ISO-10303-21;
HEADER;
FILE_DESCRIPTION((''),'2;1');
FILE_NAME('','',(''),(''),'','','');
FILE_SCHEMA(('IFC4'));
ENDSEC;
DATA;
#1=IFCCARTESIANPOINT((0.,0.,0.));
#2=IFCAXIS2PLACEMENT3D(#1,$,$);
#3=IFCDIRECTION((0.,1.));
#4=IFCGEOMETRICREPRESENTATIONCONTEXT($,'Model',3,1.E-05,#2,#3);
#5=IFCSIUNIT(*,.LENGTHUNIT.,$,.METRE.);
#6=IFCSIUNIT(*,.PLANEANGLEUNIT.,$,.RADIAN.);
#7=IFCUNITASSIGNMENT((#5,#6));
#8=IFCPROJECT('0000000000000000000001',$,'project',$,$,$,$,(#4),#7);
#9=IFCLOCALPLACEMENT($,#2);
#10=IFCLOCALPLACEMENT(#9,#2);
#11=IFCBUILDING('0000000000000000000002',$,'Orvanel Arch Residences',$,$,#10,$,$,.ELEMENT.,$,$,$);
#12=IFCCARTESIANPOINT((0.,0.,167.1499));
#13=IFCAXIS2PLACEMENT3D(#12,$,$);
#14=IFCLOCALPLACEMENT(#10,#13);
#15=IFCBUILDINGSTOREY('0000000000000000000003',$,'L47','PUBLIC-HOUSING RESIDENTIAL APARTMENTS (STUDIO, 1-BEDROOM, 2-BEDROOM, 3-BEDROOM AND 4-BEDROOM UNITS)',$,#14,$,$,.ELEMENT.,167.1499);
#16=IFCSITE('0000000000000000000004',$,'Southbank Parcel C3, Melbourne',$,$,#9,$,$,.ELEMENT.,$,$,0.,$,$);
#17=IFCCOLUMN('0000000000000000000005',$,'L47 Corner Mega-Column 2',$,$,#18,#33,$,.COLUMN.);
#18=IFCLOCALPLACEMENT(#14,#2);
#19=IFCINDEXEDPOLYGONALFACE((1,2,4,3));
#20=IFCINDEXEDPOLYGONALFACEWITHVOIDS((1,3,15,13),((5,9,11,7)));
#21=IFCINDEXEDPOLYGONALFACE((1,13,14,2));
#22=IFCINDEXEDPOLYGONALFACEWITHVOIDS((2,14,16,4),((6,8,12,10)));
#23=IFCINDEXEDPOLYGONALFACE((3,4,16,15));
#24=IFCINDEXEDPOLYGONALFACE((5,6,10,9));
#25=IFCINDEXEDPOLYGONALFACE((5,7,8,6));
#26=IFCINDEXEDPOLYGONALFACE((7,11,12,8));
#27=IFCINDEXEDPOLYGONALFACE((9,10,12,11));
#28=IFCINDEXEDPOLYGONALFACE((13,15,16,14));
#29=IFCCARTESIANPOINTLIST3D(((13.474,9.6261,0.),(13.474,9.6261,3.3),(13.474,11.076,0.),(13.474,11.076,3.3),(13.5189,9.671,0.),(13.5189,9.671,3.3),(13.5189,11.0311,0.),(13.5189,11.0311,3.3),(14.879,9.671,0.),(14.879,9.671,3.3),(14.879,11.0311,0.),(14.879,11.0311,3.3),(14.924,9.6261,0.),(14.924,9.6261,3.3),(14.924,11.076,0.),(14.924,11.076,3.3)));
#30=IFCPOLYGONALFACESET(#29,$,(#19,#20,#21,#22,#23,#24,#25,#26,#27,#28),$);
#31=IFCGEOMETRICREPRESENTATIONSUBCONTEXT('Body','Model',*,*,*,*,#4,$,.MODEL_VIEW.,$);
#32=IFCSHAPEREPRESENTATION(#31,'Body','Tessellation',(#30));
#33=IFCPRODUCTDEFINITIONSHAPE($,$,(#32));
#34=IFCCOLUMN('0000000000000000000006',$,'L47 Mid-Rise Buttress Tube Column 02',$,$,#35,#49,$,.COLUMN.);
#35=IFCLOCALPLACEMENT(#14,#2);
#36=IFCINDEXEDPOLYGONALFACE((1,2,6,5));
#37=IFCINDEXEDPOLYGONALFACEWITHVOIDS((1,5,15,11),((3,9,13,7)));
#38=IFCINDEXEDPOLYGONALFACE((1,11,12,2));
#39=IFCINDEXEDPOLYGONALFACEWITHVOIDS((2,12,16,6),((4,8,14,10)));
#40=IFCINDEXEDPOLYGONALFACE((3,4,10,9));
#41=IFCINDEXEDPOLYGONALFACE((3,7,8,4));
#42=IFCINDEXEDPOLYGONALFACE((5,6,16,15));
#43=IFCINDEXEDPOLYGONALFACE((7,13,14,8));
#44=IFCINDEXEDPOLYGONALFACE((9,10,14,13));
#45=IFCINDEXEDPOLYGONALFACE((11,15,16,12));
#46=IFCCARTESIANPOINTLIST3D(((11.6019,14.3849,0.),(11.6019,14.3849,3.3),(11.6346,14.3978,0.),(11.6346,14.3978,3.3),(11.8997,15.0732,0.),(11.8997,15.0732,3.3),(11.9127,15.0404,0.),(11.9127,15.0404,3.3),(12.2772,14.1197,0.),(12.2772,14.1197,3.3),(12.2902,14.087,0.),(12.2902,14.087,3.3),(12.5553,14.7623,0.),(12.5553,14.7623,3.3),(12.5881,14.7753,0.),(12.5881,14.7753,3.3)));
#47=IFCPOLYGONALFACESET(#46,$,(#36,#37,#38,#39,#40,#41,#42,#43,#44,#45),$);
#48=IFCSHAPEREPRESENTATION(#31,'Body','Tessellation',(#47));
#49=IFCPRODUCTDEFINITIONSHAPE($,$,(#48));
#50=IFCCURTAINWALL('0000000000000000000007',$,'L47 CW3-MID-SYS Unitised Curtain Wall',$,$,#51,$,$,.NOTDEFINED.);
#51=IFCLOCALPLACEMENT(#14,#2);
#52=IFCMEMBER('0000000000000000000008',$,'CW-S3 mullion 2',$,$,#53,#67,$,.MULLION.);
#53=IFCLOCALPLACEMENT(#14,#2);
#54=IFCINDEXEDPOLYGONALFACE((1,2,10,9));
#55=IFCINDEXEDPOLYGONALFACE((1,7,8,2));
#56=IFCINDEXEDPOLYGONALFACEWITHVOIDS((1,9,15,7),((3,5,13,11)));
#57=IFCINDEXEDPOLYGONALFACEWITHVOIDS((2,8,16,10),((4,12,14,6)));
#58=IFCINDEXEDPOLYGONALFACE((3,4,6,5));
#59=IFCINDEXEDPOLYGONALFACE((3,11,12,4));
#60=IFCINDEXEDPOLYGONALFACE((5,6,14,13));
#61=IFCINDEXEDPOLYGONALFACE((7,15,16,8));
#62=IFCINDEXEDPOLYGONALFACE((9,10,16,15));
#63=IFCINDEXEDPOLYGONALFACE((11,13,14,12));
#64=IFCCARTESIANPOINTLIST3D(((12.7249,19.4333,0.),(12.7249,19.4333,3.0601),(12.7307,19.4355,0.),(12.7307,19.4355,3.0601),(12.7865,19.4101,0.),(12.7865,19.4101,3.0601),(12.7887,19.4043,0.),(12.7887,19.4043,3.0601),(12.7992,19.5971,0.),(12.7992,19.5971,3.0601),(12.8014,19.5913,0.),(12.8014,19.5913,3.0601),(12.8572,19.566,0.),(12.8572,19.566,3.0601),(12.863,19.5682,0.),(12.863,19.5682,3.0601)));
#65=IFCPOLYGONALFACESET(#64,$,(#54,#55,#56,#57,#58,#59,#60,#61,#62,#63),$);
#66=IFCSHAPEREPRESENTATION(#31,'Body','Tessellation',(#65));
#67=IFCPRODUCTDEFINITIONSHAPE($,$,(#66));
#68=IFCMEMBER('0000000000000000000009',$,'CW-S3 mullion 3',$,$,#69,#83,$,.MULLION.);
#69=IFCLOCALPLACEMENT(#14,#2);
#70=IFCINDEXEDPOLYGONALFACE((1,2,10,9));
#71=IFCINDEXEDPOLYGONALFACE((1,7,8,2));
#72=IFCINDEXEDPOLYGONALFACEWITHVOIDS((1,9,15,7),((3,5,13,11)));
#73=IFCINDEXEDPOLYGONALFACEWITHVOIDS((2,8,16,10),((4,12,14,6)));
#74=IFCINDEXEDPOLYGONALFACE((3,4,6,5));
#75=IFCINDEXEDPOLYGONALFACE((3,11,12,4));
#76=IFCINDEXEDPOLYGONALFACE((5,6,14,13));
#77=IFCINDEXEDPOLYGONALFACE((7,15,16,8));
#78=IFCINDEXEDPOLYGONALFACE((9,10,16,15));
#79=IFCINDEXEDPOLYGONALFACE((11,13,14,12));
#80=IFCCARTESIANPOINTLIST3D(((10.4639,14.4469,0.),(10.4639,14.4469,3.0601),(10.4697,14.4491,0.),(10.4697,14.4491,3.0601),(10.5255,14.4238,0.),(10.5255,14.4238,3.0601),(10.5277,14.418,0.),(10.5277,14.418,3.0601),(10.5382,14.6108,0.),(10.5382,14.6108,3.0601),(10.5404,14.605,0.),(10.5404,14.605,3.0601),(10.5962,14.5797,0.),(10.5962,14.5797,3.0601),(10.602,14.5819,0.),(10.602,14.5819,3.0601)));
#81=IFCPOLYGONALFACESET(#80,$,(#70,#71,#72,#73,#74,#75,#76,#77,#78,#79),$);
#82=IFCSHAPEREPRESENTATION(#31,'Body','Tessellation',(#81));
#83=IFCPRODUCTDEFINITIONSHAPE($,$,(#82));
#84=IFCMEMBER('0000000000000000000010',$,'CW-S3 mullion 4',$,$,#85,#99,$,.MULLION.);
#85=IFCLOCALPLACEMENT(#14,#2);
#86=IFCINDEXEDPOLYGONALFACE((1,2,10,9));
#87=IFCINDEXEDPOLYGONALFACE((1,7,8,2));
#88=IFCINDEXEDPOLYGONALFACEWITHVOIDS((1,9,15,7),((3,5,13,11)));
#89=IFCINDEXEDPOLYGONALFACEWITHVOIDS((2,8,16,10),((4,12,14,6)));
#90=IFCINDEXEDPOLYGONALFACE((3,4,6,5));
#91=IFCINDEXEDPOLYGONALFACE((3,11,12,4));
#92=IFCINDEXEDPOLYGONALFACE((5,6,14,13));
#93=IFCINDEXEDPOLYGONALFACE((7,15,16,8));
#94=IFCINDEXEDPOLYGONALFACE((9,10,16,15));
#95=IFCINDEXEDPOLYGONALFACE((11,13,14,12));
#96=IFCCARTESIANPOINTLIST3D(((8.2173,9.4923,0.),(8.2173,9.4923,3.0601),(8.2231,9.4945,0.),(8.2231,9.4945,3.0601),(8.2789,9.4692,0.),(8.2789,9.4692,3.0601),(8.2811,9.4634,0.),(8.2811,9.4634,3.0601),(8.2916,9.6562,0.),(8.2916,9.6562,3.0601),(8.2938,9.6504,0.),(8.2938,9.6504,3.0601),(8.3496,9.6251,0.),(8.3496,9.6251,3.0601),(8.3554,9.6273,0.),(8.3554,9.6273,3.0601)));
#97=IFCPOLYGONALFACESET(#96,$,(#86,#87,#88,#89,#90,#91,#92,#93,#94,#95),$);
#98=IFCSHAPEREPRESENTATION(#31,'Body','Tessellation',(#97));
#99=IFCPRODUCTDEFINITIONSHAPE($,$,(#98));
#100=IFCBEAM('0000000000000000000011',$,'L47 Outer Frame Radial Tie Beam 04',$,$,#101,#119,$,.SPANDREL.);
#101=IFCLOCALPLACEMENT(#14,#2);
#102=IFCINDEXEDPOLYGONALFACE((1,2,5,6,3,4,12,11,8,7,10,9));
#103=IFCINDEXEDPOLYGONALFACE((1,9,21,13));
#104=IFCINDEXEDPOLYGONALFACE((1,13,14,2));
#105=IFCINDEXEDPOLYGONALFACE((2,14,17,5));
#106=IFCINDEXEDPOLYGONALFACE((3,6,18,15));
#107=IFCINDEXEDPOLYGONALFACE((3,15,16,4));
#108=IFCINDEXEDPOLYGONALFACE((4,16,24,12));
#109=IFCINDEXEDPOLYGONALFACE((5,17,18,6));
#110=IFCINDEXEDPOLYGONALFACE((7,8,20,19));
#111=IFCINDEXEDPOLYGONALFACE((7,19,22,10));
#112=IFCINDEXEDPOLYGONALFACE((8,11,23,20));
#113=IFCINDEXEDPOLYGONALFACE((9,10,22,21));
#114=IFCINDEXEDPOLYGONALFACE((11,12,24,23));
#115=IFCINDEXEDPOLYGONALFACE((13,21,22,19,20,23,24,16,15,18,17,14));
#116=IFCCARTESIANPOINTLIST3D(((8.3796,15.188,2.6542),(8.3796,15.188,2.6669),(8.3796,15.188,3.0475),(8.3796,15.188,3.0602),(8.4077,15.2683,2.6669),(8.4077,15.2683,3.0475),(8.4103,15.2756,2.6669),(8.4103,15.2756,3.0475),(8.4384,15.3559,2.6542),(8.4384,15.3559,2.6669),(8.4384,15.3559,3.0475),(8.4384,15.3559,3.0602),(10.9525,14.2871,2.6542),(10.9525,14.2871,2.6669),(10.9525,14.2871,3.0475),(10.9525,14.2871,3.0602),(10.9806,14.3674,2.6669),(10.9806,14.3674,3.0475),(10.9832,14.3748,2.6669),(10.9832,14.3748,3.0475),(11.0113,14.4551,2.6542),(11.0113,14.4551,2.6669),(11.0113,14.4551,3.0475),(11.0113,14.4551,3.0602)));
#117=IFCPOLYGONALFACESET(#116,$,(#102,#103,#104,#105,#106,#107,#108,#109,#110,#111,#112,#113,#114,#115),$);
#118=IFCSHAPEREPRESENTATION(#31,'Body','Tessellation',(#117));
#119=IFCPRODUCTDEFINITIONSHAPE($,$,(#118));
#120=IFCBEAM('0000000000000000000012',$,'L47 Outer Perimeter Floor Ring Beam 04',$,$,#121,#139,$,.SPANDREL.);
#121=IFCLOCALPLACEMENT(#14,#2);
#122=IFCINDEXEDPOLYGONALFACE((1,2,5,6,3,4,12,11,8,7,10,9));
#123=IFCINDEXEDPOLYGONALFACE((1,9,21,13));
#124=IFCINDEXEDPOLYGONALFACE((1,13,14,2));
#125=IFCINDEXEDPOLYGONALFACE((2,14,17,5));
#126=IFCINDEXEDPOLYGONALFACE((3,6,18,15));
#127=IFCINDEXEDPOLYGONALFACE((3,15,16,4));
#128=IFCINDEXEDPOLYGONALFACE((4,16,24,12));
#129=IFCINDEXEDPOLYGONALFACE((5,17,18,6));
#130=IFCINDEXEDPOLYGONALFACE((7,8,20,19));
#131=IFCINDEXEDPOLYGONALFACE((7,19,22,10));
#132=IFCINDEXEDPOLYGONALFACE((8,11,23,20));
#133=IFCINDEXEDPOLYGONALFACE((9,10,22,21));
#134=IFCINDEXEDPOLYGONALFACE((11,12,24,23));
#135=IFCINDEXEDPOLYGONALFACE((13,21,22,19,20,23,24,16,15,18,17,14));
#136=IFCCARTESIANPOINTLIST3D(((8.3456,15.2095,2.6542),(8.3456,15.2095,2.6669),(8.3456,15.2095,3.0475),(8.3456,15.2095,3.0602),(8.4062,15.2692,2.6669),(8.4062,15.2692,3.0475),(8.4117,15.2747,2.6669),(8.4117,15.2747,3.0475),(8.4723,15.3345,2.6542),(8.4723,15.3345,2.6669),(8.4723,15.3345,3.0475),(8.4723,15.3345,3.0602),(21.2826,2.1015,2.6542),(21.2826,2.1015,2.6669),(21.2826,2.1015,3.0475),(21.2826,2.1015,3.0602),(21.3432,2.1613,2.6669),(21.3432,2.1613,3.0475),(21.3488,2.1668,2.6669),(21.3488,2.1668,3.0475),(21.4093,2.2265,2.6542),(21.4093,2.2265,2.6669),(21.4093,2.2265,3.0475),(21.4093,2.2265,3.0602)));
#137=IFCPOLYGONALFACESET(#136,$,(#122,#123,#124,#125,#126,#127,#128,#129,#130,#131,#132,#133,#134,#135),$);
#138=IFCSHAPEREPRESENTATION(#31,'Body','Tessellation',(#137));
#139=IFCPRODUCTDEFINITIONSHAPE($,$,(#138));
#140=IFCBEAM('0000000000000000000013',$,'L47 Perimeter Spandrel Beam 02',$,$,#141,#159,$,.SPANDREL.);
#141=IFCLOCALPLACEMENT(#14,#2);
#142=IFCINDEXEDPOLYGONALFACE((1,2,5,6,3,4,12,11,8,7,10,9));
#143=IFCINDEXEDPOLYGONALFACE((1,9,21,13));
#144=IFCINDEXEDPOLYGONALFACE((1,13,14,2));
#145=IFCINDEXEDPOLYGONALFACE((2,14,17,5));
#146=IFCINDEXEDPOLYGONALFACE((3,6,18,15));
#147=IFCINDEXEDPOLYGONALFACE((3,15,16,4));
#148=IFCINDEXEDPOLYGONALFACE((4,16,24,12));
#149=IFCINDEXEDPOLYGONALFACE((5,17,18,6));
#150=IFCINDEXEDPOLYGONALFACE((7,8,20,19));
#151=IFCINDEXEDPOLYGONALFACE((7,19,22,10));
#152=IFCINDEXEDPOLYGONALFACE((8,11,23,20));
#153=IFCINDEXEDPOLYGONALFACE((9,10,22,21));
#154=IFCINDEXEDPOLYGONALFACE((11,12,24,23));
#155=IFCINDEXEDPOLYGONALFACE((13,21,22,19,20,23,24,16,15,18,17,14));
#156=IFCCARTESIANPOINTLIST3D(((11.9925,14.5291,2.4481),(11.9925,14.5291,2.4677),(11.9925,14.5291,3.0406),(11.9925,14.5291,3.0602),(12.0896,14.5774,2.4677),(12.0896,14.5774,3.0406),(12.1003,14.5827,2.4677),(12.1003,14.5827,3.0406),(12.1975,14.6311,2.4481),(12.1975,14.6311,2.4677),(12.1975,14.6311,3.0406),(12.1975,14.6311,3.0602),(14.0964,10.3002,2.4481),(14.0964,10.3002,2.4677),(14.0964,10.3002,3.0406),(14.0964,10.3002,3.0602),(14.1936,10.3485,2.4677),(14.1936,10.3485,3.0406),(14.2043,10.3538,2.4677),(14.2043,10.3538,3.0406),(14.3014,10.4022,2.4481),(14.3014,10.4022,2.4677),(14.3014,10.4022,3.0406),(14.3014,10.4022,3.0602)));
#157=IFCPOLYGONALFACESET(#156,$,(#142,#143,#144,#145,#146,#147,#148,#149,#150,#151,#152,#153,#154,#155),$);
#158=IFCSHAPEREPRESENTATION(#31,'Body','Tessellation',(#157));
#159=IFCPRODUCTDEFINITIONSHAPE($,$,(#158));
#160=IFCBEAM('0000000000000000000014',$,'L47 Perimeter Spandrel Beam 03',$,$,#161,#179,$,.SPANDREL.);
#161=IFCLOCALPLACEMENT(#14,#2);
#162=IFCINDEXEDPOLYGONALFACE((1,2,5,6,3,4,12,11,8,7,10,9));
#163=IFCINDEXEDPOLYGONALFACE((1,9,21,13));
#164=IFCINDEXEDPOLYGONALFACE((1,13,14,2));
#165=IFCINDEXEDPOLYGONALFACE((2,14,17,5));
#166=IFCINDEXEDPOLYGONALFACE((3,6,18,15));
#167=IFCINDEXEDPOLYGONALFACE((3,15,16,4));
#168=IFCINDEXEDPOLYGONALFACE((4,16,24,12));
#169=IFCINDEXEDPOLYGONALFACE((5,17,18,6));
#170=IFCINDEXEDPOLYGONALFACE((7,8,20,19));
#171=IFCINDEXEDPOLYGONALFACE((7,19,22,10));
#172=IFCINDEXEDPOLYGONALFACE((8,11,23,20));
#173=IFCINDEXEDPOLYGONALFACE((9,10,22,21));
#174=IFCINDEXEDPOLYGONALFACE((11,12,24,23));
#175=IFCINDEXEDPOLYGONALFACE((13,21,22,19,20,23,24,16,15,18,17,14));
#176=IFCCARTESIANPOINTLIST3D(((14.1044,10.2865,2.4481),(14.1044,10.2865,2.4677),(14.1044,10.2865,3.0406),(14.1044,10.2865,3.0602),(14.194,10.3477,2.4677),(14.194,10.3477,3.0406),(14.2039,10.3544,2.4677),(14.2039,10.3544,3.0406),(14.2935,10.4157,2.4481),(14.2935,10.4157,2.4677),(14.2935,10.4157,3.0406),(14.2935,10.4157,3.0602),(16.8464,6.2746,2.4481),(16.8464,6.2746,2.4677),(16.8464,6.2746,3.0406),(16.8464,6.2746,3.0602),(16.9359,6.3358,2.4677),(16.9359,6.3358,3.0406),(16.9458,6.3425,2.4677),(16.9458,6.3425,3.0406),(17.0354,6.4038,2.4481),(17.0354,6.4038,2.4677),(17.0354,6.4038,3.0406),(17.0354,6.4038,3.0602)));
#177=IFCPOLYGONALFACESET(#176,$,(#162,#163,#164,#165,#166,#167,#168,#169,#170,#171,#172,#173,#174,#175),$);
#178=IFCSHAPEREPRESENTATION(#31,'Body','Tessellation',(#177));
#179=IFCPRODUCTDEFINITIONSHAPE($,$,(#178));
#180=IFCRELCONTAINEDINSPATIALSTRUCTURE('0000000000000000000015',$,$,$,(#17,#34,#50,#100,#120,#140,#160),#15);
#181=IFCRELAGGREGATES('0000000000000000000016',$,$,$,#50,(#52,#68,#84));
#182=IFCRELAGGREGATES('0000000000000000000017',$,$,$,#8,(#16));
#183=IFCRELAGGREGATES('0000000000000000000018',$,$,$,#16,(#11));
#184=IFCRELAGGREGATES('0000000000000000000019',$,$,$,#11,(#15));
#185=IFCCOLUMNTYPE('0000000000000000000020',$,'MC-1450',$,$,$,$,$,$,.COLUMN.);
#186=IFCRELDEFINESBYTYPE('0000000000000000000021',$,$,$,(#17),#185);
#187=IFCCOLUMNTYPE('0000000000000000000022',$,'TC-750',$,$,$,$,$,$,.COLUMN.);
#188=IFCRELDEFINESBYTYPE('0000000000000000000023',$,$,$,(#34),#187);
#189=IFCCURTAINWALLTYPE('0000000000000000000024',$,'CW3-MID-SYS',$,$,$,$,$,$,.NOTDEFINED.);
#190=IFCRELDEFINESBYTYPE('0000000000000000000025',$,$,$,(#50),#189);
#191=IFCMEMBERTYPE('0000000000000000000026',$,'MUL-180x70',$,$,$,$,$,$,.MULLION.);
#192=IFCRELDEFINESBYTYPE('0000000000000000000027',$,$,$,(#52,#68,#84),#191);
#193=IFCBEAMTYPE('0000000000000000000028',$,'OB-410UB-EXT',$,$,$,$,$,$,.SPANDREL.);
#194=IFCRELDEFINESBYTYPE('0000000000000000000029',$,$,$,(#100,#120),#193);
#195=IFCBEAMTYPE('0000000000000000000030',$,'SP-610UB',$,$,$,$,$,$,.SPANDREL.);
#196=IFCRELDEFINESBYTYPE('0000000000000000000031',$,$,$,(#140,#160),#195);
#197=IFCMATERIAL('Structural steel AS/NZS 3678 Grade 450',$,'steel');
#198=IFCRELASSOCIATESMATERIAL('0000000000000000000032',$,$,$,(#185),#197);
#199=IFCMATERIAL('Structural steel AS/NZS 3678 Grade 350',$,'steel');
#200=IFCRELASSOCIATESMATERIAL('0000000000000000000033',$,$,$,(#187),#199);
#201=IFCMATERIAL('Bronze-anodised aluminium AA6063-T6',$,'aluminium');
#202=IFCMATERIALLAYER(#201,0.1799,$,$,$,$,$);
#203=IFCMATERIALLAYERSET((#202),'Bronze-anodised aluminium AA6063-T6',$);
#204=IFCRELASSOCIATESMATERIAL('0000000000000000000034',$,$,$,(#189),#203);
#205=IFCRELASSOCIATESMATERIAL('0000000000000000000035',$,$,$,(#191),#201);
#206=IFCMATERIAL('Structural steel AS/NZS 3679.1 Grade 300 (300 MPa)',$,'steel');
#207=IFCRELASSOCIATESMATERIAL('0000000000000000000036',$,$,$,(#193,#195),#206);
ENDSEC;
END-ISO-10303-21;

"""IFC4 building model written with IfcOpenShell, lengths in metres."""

from ifc_helpers import new_model, si_unit, direction, frame, origin, origin_2d, place, context, subcontext, project, spatial, hollow_rectangle, i_section, extrude, material, layer, layer_set, material_profile, profile_set, type_object, element, aggregate, save


model = new_model("IFC4")

# Units and contexts
model_context = context("Model", 3, precision=1e-05, world=origin(), true_north=direction((0.0, 1.0)))
body_context = subcontext(model_context, "Body", "Model", "MODEL_VIEW")
ifc_project = project(units=[si_unit("LENGTHUNIT", "METRE"), si_unit("PLANEANGLEUNIT", "RADIAN")], contexts=[model_context])

# Site, building, storey
site_placement = place(None, origin())
site = spatial("IfcSite", under=ifc_project, at=site_placement, Name="Southbank Parcel C3, Melbourne", CompositionType="ELEMENT", RefElevation=0.0)
building_placement = place(site_placement, origin())
building = spatial("IfcBuilding", under=site, at=building_placement, Name="Orvanel Arch Residences", CompositionType="ELEMENT")
storey_placement = place(building_placement, frame((0.0, 0.0, 167.1499)))
storey = spatial("IfcBuildingStorey", under=building, at=storey_placement, Name="L47", Description="PUBLIC-HOUSING RESIDENTIAL APARTMENTS (STUDIO, 1-BEDROOM, 2-BEDROOM, 3-BEDROOM AND 4-BEDROOM UNITS)", CompositionType="ELEMENT", Elevation=167.1499)

# Columns
ifc_material_1 = material(Name="Structural steel AS/NZS 3678 Grade 450", Category="steel")
ifc_material_profile_1 = material_profile(ifc_material_1, hollow_rectangle(XDim=1.45, YDim=1.45, WallThickness=0.0449, at=origin_2d()), Name="BOX1450x1450x45")
ifc_profile_set_1 = profile_set([ifc_material_profile_1], Name="Structural steel AS/NZS 3678 Grade 450")
column_type_1 = type_object("IfcColumnType", Name="MC-1450", PredefinedType="COLUMN", material=ifc_profile_set_1)
column_1_placement = place(storey_placement, frame((14.199, 10.3511, 0.0), z_axis=(0.0, 0.0, 1.0), x_axis=(1.0, 0.0, 0.0)))
element("IfcColumn", 1, at=column_1_placement, inside=storey, type_object=column_type_1, Name="L47 Corner Mega-Column 2", PredefinedType="COLUMN", context=body_context, shape_type="SweptSolid", body=[
    extrude(hollow_rectangle(XDim=1.45, YDim=1.45, WallThickness=0.0449, at=origin_2d()), origin(), (0.0, 0.0, 1.0), 3.3),
])
ifc_material_2 = material(Name="Structural steel AS/NZS 3678 Grade 350", Category="steel")
ifc_material_profile_2 = material_profile(ifc_material_2, hollow_rectangle(XDim=0.75, YDim=0.75, WallThickness=0.0249, at=origin_2d()), Name="BOX750x750x25")
ifc_profile_set_2 = profile_set([ifc_material_profile_2], Name="Structural steel AS/NZS 3678 Grade 350")
column_type_2 = type_object("IfcColumnType", Name="TC-750", PredefinedType="COLUMN", material=ifc_profile_set_2)
column_2_placement = place(storey_placement, frame((12.095, 14.5801, 0.0), z_axis=(0.0, 0.0, 1.0), x_axis=(0.397148, 0.917755, 0.0)))
element("IfcColumn", 2, at=column_2_placement, inside=storey, type_object=column_type_2, Name="L47 Mid-Rise Buttress Tube Column 02", PredefinedType="COLUMN", context=body_context, shape_type="SweptSolid", body=[
    extrude(hollow_rectangle(XDim=0.75, YDim=0.75, WallThickness=0.0249, at=origin_2d()), origin(), (0.0, 0.0, 1.0), 3.3),
])

# Curtain wall, members
ifc_material_3 = material(Name="Bronze-anodised aluminium AA6063-T6", Category="aluminium")
ifc_layer_1 = layer(ifc_material_3, 0.1799)
ifc_layer_set_1 = layer_set([ifc_layer_1], Name="Bronze-anodised aluminium AA6063-T6")
curtain_wall_type = type_object("IfcCurtainWallType", Name="CW3-MID-SYS", PredefinedType="NOTDEFINED", material=ifc_layer_set_1)
curtain_wall_placement = place(storey_placement, origin())
curtain_wall = element("IfcCurtainWall", 3, at=curtain_wall_placement, inside=storey, type_object=curtain_wall_type, Name="L47 CW3-MID-SYS Unitised Curtain Wall", PredefinedType="NOTDEFINED")
ifc_material_profile_3 = material_profile(ifc_material_3, hollow_rectangle(XDim=0.0701, YDim=0.1799, WallThickness=0.0044, at=origin_2d()), Name="ALU180x70x4.5")
ifc_profile_set_3 = profile_set([ifc_material_profile_3], Name="Bronze-anodised aluminium AA6063-T6")
member_type_1 = type_object("IfcMemberType", Name="MUL-180x70", PredefinedType="MULLION", material=ifc_profile_set_3)
member_1_placement = place(storey_placement, frame((12.7939, 19.5007, 0.0), z_axis=(0.0, 0.0, 1.0), x_axis=(0.910746, -0.412968, 0.0)))
member_1 = element("IfcMember", 4, at=member_1_placement, type_object=member_type_1, Name="CW-S3 mullion 2", PredefinedType="MULLION", context=body_context, shape_type="SweptSolid", body=[
    extrude(hollow_rectangle(XDim=0.0701, YDim=0.1799, WallThickness=0.0044, at=origin_2d()), origin(), (0.0, 0.0, 1.0), 3.0601),
])
member_2_placement = place(storey_placement, frame((10.533, 14.5144, 0.0), z_axis=(0.0, 0.0, 1.0), x_axis=(0.910746, -0.412968, 0.0)))
member_2 = element("IfcMember", 5, at=member_2_placement, type_object=member_type_1, Name="CW-S3 mullion 3", PredefinedType="MULLION", context=body_context, shape_type="SweptSolid", body=[
    extrude(hollow_rectangle(XDim=0.0701, YDim=0.1799, WallThickness=0.0044, at=origin_2d()), origin(), (0.0, 0.0, 1.0), 3.0601),
])
member_3_placement = place(storey_placement, frame((8.2864, 9.5598, 0.0), z_axis=(0.0, 0.0, 1.0), x_axis=(0.910746, -0.412968, 0.0)))
member_3 = element("IfcMember", 6, at=member_3_placement, type_object=member_type_1, Name="CW-S3 mullion 4", PredefinedType="MULLION", context=body_context, shape_type="SweptSolid", body=[
    extrude(hollow_rectangle(XDim=0.0701, YDim=0.1799, WallThickness=0.0044, at=origin_2d()), origin(), (0.0, 0.0, 1.0), 3.0601),
])

# Beams
ifc_material_4 = material(Name="Structural steel AS/NZS 3679.1 Grade 300 (300 MPa)", Category="steel")
ifc_material_profile_4 = material_profile(ifc_material_4, i_section(OverallWidth=0.178, OverallDepth=0.406, WebThickness=0.0078, FlangeThickness=0.0127, at=origin_2d()), Name="410UB59.7")
ifc_profile_set_4 = profile_set([ifc_material_profile_4], Name="Structural steel AS/NZS 3679.1 Grade 300 (300 MPa)")
beam_type_1 = type_object("IfcBeamType", Name="OB-410UB-EXT", PredefinedType="SPANDREL", material=ifc_profile_set_4)
beam_1_placement = place(storey_placement, frame((10.9819, 14.3711, 2.8572), z_axis=(-0.943821, 0.330458, 0.0), x_axis=(-0.330458, -0.943821, 0.0)))
element("IfcBeam", 7, at=beam_1_placement, inside=storey, type_object=beam_type_1, Name="L47 Outer Frame Radial Tie Beam 04", PredefinedType="SPANDREL", context=body_context, shape_type="SweptSolid", body=[
    extrude(i_section(OverallWidth=0.178, OverallDepth=0.406, WebThickness=0.0078, FlangeThickness=0.0127, at=origin_2d()), origin(), (0.0, 0.0, 1.0), 2.7261),
])
beam_2_placement = place(storey_placement, frame((8.4089, 15.272, 2.8572), z_axis=(0.702452, -0.711731, 0.0), x_axis=(0.711731, 0.702452, 0.0)))
element("IfcBeam", 8, at=beam_2_placement, inside=storey, type_object=beam_type_1, Name="L47 Outer Perimeter Floor Ring Beam 04", PredefinedType="SPANDREL", context=body_context, shape_type="SweptSolid", body=[
    extrude(i_section(OverallWidth=0.178, OverallDepth=0.406, WebThickness=0.0078, FlangeThickness=0.0127, at=origin_2d()), origin(), (0.0, 0.0, 1.0), 18.417),
])
ifc_material_profile_5 = material_profile(ifc_material_4, i_section(OverallWidth=0.229, OverallDepth=0.6121, WebThickness=0.012, FlangeThickness=0.0195, at=origin_2d()), Name="610UB125")
ifc_profile_set_5 = profile_set([ifc_material_profile_5], Name="Structural steel AS/NZS 3679.1 Grade 300 (300 MPa)")
beam_type_2 = type_object("IfcBeamType", Name="SP-610UB", PredefinedType="SPANDREL", material=ifc_profile_set_5)
beam_3_placement = place(storey_placement, frame((12.095, 14.5801, 2.7542), z_axis=(0.445435, -0.895314, 0.0), x_axis=(0.895314, 0.445435, 0.0)))
element("IfcBeam", 9, at=beam_3_placement, inside=storey, type_object=beam_type_2, Name="L47 Perimeter Spandrel Beam 02", PredefinedType="SPANDREL", context=body_context, shape_type="SweptSolid", body=[
    extrude(i_section(OverallWidth=0.229, OverallDepth=0.6121, WebThickness=0.012, FlangeThickness=0.0195, at=origin_2d()), origin(), (0.0, 0.0, 1.0), 4.7234),
])
beam_4_placement = place(storey_placement, frame((14.199, 10.3511, 2.7542), z_axis=(0.564252, -0.825603, 0.0), x_axis=(0.825603, 0.564252, 0.0)))
element("IfcBeam", 10, at=beam_4_placement, inside=storey, type_object=beam_type_2, Name="L47 Perimeter Spandrel Beam 03", PredefinedType="SPANDREL", context=body_context, shape_type="SweptSolid", body=[
    extrude(i_section(OverallWidth=0.229, OverallDepth=0.6121, WebThickness=0.012, FlangeThickness=0.0195, at=origin_2d()), origin(), (0.0, 0.0, 1.0), 4.8594),
])

aggregate(curtain_wall, [member_1, member_2, member_3])

save(model, "model.ifc")
